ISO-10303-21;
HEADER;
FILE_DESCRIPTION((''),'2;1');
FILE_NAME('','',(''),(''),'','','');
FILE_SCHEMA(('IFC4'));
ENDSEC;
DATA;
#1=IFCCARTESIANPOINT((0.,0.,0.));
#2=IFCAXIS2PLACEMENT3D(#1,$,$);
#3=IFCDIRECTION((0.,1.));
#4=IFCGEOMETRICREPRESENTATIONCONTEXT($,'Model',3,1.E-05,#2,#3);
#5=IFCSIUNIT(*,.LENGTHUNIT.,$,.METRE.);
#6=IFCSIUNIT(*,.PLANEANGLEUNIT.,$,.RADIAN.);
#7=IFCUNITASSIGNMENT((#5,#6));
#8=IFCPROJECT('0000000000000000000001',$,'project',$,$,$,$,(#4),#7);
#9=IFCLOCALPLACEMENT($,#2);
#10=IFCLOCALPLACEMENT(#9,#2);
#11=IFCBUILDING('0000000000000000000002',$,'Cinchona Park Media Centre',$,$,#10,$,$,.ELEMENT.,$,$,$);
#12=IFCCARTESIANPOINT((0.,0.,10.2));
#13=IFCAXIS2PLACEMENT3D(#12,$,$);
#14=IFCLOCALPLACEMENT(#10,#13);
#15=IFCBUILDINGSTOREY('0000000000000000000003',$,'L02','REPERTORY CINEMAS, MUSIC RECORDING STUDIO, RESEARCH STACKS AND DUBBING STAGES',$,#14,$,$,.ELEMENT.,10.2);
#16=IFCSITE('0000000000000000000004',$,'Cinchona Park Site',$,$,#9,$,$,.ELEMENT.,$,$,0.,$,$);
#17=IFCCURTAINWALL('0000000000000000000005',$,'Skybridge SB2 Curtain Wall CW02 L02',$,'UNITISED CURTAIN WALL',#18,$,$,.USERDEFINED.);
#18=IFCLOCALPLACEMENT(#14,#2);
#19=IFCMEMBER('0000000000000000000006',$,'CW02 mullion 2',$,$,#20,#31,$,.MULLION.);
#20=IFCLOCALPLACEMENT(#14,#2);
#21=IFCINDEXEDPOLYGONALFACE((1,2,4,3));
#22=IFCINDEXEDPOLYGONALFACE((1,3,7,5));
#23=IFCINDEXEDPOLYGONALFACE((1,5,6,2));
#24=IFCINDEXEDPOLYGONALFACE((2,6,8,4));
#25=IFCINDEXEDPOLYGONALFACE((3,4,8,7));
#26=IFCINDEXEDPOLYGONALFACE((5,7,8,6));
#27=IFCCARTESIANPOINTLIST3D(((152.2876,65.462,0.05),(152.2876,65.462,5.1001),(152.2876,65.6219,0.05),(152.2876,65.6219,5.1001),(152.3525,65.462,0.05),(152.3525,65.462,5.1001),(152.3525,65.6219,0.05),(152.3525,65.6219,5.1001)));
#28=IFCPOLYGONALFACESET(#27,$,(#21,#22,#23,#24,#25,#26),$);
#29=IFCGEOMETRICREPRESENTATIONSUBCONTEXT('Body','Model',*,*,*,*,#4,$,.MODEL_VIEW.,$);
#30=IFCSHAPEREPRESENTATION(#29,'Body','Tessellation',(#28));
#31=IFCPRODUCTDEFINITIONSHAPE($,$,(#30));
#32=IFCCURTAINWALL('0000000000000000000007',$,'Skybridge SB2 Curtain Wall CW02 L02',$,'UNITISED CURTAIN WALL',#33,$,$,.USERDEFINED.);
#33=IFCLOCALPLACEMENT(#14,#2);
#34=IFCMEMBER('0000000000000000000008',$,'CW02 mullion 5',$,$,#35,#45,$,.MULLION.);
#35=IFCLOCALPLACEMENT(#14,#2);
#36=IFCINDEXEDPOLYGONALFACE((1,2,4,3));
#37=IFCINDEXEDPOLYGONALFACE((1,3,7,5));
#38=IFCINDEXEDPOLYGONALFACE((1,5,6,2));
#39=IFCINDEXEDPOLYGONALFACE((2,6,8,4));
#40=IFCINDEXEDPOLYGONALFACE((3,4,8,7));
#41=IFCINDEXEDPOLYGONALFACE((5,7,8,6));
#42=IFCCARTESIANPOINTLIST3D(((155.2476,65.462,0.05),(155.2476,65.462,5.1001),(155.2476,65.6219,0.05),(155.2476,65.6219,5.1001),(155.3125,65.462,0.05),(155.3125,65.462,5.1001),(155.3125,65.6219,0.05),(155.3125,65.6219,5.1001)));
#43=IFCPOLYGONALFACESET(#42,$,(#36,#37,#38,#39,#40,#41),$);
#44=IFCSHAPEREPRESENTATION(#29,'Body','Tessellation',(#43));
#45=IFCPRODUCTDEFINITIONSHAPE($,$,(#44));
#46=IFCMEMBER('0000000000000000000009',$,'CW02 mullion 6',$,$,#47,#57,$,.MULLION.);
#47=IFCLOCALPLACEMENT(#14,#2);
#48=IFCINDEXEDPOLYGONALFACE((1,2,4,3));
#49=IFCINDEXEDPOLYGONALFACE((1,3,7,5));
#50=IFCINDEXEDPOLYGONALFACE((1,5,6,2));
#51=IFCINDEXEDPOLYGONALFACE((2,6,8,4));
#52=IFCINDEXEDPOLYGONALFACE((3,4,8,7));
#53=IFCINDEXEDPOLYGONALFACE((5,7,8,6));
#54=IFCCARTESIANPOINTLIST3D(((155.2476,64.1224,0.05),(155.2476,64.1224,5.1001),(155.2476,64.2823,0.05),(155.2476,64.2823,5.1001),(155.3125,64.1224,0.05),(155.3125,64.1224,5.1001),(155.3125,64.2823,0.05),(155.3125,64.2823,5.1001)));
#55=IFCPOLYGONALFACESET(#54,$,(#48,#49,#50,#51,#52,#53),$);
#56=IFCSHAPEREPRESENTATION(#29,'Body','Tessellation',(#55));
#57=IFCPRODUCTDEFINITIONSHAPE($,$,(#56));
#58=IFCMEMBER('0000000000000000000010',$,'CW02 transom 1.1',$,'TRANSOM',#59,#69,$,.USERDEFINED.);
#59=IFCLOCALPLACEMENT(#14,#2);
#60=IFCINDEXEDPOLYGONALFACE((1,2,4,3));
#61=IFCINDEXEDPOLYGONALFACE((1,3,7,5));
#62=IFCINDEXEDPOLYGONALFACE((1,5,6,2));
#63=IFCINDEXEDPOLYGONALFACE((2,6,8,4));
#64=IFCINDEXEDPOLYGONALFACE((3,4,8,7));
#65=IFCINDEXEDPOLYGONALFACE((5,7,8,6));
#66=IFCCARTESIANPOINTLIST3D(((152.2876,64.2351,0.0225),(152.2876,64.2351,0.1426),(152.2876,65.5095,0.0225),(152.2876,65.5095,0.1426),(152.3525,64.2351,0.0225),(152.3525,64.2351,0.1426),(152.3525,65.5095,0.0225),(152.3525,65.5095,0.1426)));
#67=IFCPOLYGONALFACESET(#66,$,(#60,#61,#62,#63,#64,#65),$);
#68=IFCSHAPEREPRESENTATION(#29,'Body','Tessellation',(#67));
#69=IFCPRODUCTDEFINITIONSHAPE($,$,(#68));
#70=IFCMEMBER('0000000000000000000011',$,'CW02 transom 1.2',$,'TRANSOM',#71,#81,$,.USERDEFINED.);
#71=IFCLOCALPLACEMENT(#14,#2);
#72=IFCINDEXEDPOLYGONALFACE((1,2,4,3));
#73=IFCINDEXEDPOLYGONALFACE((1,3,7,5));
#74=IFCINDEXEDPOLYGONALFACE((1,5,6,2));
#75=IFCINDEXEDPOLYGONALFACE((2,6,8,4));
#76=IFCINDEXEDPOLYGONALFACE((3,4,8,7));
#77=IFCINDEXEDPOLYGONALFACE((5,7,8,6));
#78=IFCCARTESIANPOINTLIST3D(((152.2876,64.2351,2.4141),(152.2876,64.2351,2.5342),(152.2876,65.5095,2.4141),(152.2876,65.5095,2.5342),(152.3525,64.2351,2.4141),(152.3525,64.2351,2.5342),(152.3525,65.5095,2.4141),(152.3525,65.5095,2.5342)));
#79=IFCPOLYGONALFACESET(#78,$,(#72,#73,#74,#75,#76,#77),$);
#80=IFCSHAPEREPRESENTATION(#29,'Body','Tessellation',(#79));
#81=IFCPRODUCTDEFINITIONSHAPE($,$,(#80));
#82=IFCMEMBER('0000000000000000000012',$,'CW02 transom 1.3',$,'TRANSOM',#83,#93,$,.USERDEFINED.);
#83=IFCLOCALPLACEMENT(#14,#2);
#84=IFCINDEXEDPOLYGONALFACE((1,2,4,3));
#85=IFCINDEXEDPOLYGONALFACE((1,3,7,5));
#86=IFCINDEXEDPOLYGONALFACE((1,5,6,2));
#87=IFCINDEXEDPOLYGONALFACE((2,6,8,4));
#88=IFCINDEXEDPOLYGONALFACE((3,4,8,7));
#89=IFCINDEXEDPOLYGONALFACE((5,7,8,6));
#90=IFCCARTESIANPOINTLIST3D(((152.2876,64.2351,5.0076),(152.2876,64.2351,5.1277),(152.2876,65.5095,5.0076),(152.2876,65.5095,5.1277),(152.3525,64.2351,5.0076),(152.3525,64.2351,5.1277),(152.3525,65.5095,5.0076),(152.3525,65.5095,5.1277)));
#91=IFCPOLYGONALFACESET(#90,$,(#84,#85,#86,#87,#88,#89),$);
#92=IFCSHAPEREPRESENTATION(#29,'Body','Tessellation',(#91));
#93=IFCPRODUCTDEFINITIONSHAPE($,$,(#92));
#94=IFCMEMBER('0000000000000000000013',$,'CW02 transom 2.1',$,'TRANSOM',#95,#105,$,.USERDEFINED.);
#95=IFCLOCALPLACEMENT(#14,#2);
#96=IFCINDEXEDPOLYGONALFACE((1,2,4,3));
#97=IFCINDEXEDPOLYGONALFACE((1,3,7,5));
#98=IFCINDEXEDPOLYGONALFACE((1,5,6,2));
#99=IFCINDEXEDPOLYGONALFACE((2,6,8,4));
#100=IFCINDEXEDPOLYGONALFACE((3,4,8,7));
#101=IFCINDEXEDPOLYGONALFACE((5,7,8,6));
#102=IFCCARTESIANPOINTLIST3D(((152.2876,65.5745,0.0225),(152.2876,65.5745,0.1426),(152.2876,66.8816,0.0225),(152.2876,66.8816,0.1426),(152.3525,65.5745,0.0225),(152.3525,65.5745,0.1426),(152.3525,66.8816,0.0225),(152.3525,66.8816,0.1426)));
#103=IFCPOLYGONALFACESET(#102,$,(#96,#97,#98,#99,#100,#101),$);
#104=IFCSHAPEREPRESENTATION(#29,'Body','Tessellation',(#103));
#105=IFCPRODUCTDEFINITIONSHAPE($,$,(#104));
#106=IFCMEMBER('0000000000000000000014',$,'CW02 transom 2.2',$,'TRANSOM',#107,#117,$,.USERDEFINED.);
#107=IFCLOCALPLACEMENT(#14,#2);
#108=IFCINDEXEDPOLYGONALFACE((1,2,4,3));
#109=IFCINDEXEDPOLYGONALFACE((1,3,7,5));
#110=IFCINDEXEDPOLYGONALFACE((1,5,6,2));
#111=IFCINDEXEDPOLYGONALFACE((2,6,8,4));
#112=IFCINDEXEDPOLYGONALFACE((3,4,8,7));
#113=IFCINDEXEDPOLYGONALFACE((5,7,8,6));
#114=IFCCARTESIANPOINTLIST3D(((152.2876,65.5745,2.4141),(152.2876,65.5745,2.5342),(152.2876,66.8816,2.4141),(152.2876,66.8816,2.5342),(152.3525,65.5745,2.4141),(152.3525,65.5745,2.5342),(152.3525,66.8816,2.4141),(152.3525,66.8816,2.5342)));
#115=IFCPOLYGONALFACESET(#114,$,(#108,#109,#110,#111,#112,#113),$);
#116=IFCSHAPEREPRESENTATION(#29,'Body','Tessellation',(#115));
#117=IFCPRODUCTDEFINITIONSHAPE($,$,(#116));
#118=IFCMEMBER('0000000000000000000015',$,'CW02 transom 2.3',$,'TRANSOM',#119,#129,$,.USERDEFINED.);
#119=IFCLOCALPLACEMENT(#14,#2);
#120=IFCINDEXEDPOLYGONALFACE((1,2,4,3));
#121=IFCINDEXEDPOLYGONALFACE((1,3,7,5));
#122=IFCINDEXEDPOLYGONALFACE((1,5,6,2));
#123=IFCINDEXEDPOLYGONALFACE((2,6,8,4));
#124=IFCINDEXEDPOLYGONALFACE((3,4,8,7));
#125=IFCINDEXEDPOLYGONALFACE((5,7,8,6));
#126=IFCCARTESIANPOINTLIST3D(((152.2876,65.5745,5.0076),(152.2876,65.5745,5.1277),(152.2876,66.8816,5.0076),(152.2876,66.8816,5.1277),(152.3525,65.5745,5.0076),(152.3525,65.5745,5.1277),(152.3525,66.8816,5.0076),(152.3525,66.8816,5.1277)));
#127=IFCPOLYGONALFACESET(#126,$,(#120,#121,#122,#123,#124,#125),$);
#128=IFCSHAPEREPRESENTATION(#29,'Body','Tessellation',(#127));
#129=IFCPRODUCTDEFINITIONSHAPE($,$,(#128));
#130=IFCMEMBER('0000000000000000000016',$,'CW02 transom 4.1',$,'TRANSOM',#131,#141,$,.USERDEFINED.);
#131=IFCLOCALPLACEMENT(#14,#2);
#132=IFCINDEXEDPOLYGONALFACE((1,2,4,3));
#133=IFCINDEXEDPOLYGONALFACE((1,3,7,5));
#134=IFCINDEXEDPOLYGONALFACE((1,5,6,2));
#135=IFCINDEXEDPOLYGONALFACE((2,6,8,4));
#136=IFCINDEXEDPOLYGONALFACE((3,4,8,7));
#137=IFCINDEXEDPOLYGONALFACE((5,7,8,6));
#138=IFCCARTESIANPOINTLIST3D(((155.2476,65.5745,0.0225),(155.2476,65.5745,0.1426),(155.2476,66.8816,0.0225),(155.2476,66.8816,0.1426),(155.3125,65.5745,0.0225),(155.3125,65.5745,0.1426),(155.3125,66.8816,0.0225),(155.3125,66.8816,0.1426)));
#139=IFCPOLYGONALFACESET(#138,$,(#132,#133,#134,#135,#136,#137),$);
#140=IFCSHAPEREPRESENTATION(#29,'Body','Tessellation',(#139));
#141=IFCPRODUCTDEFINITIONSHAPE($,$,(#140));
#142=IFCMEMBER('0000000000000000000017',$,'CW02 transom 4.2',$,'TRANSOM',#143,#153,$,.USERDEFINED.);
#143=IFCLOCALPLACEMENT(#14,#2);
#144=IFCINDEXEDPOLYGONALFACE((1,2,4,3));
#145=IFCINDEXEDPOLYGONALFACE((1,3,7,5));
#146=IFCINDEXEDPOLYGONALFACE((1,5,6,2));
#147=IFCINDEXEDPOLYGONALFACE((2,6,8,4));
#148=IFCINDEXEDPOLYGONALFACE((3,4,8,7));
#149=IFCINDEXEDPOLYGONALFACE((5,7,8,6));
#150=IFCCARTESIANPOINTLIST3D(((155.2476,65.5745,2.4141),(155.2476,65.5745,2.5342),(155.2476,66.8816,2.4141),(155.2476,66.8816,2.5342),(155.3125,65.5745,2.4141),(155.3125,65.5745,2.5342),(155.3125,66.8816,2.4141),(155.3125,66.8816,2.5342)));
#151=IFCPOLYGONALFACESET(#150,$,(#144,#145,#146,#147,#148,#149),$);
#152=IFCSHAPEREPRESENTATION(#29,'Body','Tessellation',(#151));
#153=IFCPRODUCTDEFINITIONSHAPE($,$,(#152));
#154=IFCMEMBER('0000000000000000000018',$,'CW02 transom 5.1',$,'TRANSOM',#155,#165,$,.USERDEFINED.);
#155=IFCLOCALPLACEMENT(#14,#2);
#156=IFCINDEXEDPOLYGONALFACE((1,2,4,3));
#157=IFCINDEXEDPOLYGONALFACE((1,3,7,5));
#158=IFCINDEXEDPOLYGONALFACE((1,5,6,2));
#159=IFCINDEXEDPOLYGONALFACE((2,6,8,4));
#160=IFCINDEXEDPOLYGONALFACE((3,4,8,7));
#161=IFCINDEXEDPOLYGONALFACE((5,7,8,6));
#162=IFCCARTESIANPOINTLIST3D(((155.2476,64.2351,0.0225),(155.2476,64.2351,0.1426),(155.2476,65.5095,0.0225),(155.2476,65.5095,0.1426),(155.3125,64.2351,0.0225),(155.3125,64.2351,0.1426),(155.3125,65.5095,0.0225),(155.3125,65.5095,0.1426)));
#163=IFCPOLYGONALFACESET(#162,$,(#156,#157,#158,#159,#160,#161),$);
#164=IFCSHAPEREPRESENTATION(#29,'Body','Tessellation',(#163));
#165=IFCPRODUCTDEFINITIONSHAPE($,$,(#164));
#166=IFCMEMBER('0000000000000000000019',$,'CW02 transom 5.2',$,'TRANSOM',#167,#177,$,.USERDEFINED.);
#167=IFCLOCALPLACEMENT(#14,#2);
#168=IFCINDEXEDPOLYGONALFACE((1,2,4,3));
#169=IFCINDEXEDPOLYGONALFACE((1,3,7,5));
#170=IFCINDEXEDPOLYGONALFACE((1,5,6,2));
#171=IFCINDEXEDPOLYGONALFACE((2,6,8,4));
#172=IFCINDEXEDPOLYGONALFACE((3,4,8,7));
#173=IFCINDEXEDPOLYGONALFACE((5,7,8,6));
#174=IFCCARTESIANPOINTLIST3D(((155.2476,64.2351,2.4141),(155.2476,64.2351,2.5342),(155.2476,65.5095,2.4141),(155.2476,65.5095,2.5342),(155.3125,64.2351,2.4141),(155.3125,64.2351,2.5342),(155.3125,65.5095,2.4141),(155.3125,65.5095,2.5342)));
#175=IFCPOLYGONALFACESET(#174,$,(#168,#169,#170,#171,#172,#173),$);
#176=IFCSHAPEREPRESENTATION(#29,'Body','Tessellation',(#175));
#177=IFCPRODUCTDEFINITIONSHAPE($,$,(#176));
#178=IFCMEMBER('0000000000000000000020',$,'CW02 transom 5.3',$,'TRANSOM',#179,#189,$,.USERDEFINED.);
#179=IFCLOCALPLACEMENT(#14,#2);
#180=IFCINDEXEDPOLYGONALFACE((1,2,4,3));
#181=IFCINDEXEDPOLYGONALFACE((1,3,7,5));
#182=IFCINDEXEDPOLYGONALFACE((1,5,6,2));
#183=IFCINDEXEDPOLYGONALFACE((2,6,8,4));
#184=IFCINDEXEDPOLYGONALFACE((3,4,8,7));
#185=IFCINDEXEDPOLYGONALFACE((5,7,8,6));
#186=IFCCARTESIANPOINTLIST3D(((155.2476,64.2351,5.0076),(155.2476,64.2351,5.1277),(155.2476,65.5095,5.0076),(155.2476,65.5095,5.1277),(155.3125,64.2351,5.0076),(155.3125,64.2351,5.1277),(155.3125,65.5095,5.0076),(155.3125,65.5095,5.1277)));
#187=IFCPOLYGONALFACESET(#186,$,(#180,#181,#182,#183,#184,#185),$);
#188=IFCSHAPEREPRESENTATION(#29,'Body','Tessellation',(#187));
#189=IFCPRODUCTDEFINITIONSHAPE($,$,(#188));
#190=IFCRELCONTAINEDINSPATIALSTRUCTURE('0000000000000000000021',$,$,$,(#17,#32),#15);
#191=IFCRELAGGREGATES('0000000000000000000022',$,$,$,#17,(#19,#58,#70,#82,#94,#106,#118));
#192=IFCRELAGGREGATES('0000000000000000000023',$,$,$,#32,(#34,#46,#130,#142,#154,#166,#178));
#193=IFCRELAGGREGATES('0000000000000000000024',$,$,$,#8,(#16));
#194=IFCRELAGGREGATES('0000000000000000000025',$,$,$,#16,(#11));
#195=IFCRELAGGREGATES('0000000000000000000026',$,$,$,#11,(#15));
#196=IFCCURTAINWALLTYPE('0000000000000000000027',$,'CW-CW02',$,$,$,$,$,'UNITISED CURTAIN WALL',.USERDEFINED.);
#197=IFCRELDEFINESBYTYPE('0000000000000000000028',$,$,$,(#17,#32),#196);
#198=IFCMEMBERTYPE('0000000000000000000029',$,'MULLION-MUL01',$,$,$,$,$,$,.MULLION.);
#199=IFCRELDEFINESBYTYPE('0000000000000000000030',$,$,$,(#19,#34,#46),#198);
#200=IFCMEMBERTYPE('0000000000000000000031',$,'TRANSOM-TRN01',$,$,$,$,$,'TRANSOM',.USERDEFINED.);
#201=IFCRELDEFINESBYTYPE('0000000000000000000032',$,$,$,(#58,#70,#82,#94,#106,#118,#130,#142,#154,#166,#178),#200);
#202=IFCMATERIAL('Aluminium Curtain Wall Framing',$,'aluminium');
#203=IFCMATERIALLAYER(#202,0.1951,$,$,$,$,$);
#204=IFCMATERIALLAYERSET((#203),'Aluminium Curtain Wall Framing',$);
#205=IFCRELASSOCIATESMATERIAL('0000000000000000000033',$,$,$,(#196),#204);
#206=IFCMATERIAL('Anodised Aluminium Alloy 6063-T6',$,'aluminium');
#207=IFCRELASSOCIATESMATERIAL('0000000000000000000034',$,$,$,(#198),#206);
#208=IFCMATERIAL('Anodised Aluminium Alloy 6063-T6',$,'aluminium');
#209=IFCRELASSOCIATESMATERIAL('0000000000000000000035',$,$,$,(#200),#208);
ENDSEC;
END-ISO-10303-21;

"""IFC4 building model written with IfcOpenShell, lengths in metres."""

from ifc_helpers import new_model, si_unit, direction, frame, origin, origin_2d, place, context, subcontext, project, spatial, rectangle, extrude, material, layer, layer_set, material_profile, profile_set, type_object, element, aggregate, save


model = new_model("IFC4")

# Units and contexts
model_context = context("Model", 3, precision=1e-05, world=origin(), true_north=direction((0.0, 1.0)))
body_context = subcontext(model_context, "Body", "Model", "MODEL_VIEW")
ifc_project = project(units=[si_unit("LENGTHUNIT", "METRE"), si_unit("PLANEANGLEUNIT", "RADIAN")], contexts=[model_context])

# Site, building, storey
site_placement = place(None, origin())
site = spatial("IfcSite", under=ifc_project, at=site_placement, Name="Cinchona Park Site", CompositionType="ELEMENT", RefElevation=0.0)
building_placement = place(site_placement, origin())
building = spatial("IfcBuilding", under=site, at=building_placement, Name="Cinchona Park Media Centre", CompositionType="ELEMENT")
storey_placement = place(building_placement, frame((0.0, 0.0, 10.2)))
storey = spatial("IfcBuildingStorey", under=building, at=storey_placement, Name="L02", Description="REPERTORY CINEMAS, MUSIC RECORDING STUDIO, RESEARCH STACKS AND DUBBING STAGES", CompositionType="ELEMENT", Elevation=10.2)

# Curtain walls, members
ifc_material_1 = material(Name="Aluminium Curtain Wall Framing", Category="aluminium")
ifc_layer_1 = layer(ifc_material_1, 0.1951)
ifc_layer_set_1 = layer_set([ifc_layer_1], Name="Aluminium Curtain Wall Framing")
curtain_wall_type = type_object("IfcCurtainWallType", Name="CW-CW02", ElementType="UNITISED CURTAIN WALL", PredefinedType="USERDEFINED", material=ifc_layer_set_1)
curtain_wall_1_placement = place(storey_placement, origin())
curtain_wall_1 = element("IfcCurtainWall", 1, at=curtain_wall_1_placement, inside=storey, type_object=curtain_wall_type, Name="Skybridge SB2 Curtain Wall CW02 L02", ObjectType="UNITISED CURTAIN WALL", PredefinedType="USERDEFINED")
ifc_material_2 = material(Name="Anodised Aluminium Alloy 6063-T6", Category="aluminium")
ifc_material_profile_1 = material_profile(ifc_material_2, rectangle(XDim=0.0649, YDim=0.1599, at=origin_2d()), Name="MUL-65X160")
ifc_profile_set_1 = profile_set([ifc_material_profile_1], Name="Anodised Aluminium Alloy 6063-T6")
member_type_1 = type_object("IfcMemberType", Name="MULLION-MUL01", PredefinedType="MULLION", material=ifc_profile_set_1)
member_1_placement = place(storey_placement, frame((152.3201, 65.542, 0.05), z_axis=(0.0, 0.0, 1.0), x_axis=(-1.0, 0.0, 0.0)))
member_1 = element("IfcMember", 2, at=member_1_placement, type_object=member_type_1, Name="CW02 mullion 2", PredefinedType="MULLION", context=body_context, shape_type="SweptSolid", body=[
    extrude(rectangle(XDim=0.0649, YDim=0.1599, at=origin_2d()), origin(), (0.0, 0.0, 1.0), 5.05),
])
curtain_wall_2_placement = place(storey_placement, origin())
curtain_wall_2 = element("IfcCurtainWall", 3, at=curtain_wall_2_placement, inside=storey, type_object=curtain_wall_type, Name="Skybridge SB2 Curtain Wall CW02 L02", ObjectType="UNITISED CURTAIN WALL", PredefinedType="USERDEFINED")
member_2_placement = place(storey_placement, frame((155.28, 65.542, 0.05), z_axis=(0.0, 0.0, 1.0), x_axis=(1.0, 0.0, 0.0)))
member_2 = element("IfcMember", 4, at=member_2_placement, type_object=member_type_1, Name="CW02 mullion 5", PredefinedType="MULLION", context=body_context, shape_type="SweptSolid", body=[
    extrude(rectangle(XDim=0.0649, YDim=0.1599, at=origin_2d()), origin(), (0.0, 0.0, 1.0), 5.05),
])
member_3_placement = place(storey_placement, frame((155.28, 64.2024, 0.05), z_axis=(0.0, 0.0, 1.0), x_axis=(1.0, 0.0, 0.0)))
member_3 = element("IfcMember", 5, at=member_3_placement, type_object=member_type_1, Name="CW02 mullion 6", PredefinedType="MULLION", context=body_context, shape_type="SweptSolid", body=[
    extrude(rectangle(XDim=0.0649, YDim=0.1599, at=origin_2d()), origin(), (0.0, 0.0, 1.0), 5.05),
])

# Members
ifc_material_3 = material(Name="Anodised Aluminium Alloy 6063-T6", Category="aluminium")
ifc_material_profile_2 = material_profile(ifc_material_3, rectangle(XDim=0.0649, YDim=0.1201, at=origin_2d()), Name="TRN-65X120")
ifc_profile_set_2 = profile_set([ifc_material_profile_2], Name="Anodised Aluminium Alloy 6063-T6")
member_type_2 = type_object("IfcMemberType", Name="TRANSOM-TRN01", ElementType="TRANSOM", PredefinedType="USERDEFINED", material=ifc_profile_set_2)
member_4_placement = place(storey_placement, frame((152.3201, 64.2351, 0.0825), z_axis=(0.0, 1.0, 0.0), x_axis=(-1.0, 0.0, 0.0)))
member_4 = element("IfcMember", 6, at=member_4_placement, type_object=member_type_2, Name="CW02 transom 1.1", ObjectType="TRANSOM", PredefinedType="USERDEFINED", context=body_context, shape_type="SweptSolid", body=[
    extrude(rectangle(XDim=0.0649, YDim=0.1201, at=origin_2d()), origin(), (0.0, 0.0, 1.0), 1.2744),
])
member_5_placement = place(storey_placement, frame((152.3201, 64.2351, 2.4741), z_axis=(0.0, 1.0, 0.0), x_axis=(-1.0, 0.0, 0.0)))
member_5 = element("IfcMember", 7, at=member_5_placement, type_object=member_type_2, Name="CW02 transom 1.2", ObjectType="TRANSOM", PredefinedType="USERDEFINED", context=body_context, shape_type="SweptSolid", body=[
    extrude(rectangle(XDim=0.0649, YDim=0.1201, at=origin_2d()), origin(), (0.0, 0.0, 1.0), 1.2744),
])
member_6_placement = place(storey_placement, frame((152.3201, 64.2351, 5.0676), z_axis=(0.0, 1.0, 0.0), x_axis=(-1.0, 0.0, 0.0)))
member_6 = element("IfcMember", 8, at=member_6_placement, type_object=member_type_2, Name="CW02 transom 1.3", ObjectType="TRANSOM", PredefinedType="USERDEFINED", context=body_context, shape_type="SweptSolid", body=[
    extrude(rectangle(XDim=0.0649, YDim=0.1201, at=origin_2d()), origin(), (0.0, 0.0, 1.0), 1.2744),
])
member_7_placement = place(storey_placement, frame((152.3201, 65.5745, 0.0825), z_axis=(0.0, 1.0, 0.0), x_axis=(-1.0, 0.0, 0.0)))
member_7 = element("IfcMember", 9, at=member_7_placement, type_object=member_type_2, Name="CW02 transom 2.1", ObjectType="TRANSOM", PredefinedType="USERDEFINED", context=body_context, shape_type="SweptSolid", body=[
    extrude(rectangle(XDim=0.0649, YDim=0.1201, at=origin_2d()), origin(), (0.0, 0.0, 1.0), 1.3071),
])
member_8_placement = place(storey_placement, frame((152.3201, 65.5745, 2.4741), z_axis=(0.0, 1.0, 0.0), x_axis=(-1.0, 0.0, 0.0)))
member_8 = element("IfcMember", 10, at=member_8_placement, type_object=member_type_2, Name="CW02 transom 2.2", ObjectType="TRANSOM", PredefinedType="USERDEFINED", context=body_context, shape_type="SweptSolid", body=[
    extrude(rectangle(XDim=0.0649, YDim=0.1201, at=origin_2d()), origin(), (0.0, 0.0, 1.0), 1.3071),
])
member_9_placement = place(storey_placement, frame((152.3201, 65.5745, 5.0676), z_axis=(0.0, 1.0, 0.0), x_axis=(-1.0, 0.0, 0.0)))
member_9 = element("IfcMember", 11, at=member_9_placement, type_object=member_type_2, Name="CW02 transom 2.3", ObjectType="TRANSOM", PredefinedType="USERDEFINED", context=body_context, shape_type="SweptSolid", body=[
    extrude(rectangle(XDim=0.0649, YDim=0.1201, at=origin_2d()), origin(), (0.0, 0.0, 1.0), 1.3071),
])
member_10_placement = place(storey_placement, frame((155.28, 66.8816, 0.0825), z_axis=(0.0, -1.0, 0.0), x_axis=(1.0, 0.0, 0.0)))
member_10 = element("IfcMember", 12, at=member_10_placement, type_object=member_type_2, Name="CW02 transom 4.1", ObjectType="TRANSOM", PredefinedType="USERDEFINED", context=body_context, shape_type="SweptSolid", body=[
    extrude(rectangle(XDim=0.0649, YDim=0.1201, at=origin_2d()), origin(), (0.0, 0.0, 1.0), 1.3071),
])
member_11_placement = place(storey_placement, frame((155.28, 66.8816, 2.4741), z_axis=(0.0, -1.0, 0.0), x_axis=(1.0, 0.0, 0.0)))
member_11 = element("IfcMember", 13, at=member_11_placement, type_object=member_type_2, Name="CW02 transom 4.2", ObjectType="TRANSOM", PredefinedType="USERDEFINED", context=body_context, shape_type="SweptSolid", body=[
    extrude(rectangle(XDim=0.0649, YDim=0.1201, at=origin_2d()), origin(), (0.0, 0.0, 1.0), 1.3071),
])
member_12_placement = place(storey_placement, frame((155.28, 65.5095, 0.0825), z_axis=(0.0, -1.0, 0.0), x_axis=(1.0, 0.0, 0.0)))
member_12 = element("IfcMember", 14, at=member_12_placement, type_object=member_type_2, Name="CW02 transom 5.1", ObjectType="TRANSOM", PredefinedType="USERDEFINED", context=body_context, shape_type="SweptSolid", body=[
    extrude(rectangle(XDim=0.0649, YDim=0.1201, at=origin_2d()), origin(), (0.0, 0.0, 1.0), 1.2744),
])
member_13_placement = place(storey_placement, frame((155.28, 65.5095, 2.4741), z_axis=(0.0, -1.0, 0.0), x_axis=(1.0, 0.0, 0.0)))
member_13 = element("IfcMember", 15, at=member_13_placement, type_object=member_type_2, Name="CW02 transom 5.2", ObjectType="TRANSOM", PredefinedType="USERDEFINED", context=body_context, shape_type="SweptSolid", body=[
    extrude(rectangle(XDim=0.0649, YDim=0.1201, at=origin_2d()), origin(), (0.0, 0.0, 1.0), 1.2744),
])
member_14_placement = place(storey_placement, frame((155.28, 65.5095, 5.0676), z_axis=(0.0, -1.0, 0.0), x_axis=(1.0, 0.0, 0.0)))
member_14 = element("IfcMember", 16, at=member_14_placement, type_object=member_type_2, Name="CW02 transom 5.3", ObjectType="TRANSOM", PredefinedType="USERDEFINED", context=body_context, shape_type="SweptSolid", body=[
    extrude(rectangle(XDim=0.0649, YDim=0.1201, at=origin_2d()), origin(), (0.0, 0.0, 1.0), 1.2744),
])

aggregate(curtain_wall_1, [member_1, member_4, member_5, member_6, member_7, member_8, member_9])
aggregate(curtain_wall_2, [member_2, member_3, member_10, member_11, member_12, member_13, member_14])

save(model, "model.ifc")
